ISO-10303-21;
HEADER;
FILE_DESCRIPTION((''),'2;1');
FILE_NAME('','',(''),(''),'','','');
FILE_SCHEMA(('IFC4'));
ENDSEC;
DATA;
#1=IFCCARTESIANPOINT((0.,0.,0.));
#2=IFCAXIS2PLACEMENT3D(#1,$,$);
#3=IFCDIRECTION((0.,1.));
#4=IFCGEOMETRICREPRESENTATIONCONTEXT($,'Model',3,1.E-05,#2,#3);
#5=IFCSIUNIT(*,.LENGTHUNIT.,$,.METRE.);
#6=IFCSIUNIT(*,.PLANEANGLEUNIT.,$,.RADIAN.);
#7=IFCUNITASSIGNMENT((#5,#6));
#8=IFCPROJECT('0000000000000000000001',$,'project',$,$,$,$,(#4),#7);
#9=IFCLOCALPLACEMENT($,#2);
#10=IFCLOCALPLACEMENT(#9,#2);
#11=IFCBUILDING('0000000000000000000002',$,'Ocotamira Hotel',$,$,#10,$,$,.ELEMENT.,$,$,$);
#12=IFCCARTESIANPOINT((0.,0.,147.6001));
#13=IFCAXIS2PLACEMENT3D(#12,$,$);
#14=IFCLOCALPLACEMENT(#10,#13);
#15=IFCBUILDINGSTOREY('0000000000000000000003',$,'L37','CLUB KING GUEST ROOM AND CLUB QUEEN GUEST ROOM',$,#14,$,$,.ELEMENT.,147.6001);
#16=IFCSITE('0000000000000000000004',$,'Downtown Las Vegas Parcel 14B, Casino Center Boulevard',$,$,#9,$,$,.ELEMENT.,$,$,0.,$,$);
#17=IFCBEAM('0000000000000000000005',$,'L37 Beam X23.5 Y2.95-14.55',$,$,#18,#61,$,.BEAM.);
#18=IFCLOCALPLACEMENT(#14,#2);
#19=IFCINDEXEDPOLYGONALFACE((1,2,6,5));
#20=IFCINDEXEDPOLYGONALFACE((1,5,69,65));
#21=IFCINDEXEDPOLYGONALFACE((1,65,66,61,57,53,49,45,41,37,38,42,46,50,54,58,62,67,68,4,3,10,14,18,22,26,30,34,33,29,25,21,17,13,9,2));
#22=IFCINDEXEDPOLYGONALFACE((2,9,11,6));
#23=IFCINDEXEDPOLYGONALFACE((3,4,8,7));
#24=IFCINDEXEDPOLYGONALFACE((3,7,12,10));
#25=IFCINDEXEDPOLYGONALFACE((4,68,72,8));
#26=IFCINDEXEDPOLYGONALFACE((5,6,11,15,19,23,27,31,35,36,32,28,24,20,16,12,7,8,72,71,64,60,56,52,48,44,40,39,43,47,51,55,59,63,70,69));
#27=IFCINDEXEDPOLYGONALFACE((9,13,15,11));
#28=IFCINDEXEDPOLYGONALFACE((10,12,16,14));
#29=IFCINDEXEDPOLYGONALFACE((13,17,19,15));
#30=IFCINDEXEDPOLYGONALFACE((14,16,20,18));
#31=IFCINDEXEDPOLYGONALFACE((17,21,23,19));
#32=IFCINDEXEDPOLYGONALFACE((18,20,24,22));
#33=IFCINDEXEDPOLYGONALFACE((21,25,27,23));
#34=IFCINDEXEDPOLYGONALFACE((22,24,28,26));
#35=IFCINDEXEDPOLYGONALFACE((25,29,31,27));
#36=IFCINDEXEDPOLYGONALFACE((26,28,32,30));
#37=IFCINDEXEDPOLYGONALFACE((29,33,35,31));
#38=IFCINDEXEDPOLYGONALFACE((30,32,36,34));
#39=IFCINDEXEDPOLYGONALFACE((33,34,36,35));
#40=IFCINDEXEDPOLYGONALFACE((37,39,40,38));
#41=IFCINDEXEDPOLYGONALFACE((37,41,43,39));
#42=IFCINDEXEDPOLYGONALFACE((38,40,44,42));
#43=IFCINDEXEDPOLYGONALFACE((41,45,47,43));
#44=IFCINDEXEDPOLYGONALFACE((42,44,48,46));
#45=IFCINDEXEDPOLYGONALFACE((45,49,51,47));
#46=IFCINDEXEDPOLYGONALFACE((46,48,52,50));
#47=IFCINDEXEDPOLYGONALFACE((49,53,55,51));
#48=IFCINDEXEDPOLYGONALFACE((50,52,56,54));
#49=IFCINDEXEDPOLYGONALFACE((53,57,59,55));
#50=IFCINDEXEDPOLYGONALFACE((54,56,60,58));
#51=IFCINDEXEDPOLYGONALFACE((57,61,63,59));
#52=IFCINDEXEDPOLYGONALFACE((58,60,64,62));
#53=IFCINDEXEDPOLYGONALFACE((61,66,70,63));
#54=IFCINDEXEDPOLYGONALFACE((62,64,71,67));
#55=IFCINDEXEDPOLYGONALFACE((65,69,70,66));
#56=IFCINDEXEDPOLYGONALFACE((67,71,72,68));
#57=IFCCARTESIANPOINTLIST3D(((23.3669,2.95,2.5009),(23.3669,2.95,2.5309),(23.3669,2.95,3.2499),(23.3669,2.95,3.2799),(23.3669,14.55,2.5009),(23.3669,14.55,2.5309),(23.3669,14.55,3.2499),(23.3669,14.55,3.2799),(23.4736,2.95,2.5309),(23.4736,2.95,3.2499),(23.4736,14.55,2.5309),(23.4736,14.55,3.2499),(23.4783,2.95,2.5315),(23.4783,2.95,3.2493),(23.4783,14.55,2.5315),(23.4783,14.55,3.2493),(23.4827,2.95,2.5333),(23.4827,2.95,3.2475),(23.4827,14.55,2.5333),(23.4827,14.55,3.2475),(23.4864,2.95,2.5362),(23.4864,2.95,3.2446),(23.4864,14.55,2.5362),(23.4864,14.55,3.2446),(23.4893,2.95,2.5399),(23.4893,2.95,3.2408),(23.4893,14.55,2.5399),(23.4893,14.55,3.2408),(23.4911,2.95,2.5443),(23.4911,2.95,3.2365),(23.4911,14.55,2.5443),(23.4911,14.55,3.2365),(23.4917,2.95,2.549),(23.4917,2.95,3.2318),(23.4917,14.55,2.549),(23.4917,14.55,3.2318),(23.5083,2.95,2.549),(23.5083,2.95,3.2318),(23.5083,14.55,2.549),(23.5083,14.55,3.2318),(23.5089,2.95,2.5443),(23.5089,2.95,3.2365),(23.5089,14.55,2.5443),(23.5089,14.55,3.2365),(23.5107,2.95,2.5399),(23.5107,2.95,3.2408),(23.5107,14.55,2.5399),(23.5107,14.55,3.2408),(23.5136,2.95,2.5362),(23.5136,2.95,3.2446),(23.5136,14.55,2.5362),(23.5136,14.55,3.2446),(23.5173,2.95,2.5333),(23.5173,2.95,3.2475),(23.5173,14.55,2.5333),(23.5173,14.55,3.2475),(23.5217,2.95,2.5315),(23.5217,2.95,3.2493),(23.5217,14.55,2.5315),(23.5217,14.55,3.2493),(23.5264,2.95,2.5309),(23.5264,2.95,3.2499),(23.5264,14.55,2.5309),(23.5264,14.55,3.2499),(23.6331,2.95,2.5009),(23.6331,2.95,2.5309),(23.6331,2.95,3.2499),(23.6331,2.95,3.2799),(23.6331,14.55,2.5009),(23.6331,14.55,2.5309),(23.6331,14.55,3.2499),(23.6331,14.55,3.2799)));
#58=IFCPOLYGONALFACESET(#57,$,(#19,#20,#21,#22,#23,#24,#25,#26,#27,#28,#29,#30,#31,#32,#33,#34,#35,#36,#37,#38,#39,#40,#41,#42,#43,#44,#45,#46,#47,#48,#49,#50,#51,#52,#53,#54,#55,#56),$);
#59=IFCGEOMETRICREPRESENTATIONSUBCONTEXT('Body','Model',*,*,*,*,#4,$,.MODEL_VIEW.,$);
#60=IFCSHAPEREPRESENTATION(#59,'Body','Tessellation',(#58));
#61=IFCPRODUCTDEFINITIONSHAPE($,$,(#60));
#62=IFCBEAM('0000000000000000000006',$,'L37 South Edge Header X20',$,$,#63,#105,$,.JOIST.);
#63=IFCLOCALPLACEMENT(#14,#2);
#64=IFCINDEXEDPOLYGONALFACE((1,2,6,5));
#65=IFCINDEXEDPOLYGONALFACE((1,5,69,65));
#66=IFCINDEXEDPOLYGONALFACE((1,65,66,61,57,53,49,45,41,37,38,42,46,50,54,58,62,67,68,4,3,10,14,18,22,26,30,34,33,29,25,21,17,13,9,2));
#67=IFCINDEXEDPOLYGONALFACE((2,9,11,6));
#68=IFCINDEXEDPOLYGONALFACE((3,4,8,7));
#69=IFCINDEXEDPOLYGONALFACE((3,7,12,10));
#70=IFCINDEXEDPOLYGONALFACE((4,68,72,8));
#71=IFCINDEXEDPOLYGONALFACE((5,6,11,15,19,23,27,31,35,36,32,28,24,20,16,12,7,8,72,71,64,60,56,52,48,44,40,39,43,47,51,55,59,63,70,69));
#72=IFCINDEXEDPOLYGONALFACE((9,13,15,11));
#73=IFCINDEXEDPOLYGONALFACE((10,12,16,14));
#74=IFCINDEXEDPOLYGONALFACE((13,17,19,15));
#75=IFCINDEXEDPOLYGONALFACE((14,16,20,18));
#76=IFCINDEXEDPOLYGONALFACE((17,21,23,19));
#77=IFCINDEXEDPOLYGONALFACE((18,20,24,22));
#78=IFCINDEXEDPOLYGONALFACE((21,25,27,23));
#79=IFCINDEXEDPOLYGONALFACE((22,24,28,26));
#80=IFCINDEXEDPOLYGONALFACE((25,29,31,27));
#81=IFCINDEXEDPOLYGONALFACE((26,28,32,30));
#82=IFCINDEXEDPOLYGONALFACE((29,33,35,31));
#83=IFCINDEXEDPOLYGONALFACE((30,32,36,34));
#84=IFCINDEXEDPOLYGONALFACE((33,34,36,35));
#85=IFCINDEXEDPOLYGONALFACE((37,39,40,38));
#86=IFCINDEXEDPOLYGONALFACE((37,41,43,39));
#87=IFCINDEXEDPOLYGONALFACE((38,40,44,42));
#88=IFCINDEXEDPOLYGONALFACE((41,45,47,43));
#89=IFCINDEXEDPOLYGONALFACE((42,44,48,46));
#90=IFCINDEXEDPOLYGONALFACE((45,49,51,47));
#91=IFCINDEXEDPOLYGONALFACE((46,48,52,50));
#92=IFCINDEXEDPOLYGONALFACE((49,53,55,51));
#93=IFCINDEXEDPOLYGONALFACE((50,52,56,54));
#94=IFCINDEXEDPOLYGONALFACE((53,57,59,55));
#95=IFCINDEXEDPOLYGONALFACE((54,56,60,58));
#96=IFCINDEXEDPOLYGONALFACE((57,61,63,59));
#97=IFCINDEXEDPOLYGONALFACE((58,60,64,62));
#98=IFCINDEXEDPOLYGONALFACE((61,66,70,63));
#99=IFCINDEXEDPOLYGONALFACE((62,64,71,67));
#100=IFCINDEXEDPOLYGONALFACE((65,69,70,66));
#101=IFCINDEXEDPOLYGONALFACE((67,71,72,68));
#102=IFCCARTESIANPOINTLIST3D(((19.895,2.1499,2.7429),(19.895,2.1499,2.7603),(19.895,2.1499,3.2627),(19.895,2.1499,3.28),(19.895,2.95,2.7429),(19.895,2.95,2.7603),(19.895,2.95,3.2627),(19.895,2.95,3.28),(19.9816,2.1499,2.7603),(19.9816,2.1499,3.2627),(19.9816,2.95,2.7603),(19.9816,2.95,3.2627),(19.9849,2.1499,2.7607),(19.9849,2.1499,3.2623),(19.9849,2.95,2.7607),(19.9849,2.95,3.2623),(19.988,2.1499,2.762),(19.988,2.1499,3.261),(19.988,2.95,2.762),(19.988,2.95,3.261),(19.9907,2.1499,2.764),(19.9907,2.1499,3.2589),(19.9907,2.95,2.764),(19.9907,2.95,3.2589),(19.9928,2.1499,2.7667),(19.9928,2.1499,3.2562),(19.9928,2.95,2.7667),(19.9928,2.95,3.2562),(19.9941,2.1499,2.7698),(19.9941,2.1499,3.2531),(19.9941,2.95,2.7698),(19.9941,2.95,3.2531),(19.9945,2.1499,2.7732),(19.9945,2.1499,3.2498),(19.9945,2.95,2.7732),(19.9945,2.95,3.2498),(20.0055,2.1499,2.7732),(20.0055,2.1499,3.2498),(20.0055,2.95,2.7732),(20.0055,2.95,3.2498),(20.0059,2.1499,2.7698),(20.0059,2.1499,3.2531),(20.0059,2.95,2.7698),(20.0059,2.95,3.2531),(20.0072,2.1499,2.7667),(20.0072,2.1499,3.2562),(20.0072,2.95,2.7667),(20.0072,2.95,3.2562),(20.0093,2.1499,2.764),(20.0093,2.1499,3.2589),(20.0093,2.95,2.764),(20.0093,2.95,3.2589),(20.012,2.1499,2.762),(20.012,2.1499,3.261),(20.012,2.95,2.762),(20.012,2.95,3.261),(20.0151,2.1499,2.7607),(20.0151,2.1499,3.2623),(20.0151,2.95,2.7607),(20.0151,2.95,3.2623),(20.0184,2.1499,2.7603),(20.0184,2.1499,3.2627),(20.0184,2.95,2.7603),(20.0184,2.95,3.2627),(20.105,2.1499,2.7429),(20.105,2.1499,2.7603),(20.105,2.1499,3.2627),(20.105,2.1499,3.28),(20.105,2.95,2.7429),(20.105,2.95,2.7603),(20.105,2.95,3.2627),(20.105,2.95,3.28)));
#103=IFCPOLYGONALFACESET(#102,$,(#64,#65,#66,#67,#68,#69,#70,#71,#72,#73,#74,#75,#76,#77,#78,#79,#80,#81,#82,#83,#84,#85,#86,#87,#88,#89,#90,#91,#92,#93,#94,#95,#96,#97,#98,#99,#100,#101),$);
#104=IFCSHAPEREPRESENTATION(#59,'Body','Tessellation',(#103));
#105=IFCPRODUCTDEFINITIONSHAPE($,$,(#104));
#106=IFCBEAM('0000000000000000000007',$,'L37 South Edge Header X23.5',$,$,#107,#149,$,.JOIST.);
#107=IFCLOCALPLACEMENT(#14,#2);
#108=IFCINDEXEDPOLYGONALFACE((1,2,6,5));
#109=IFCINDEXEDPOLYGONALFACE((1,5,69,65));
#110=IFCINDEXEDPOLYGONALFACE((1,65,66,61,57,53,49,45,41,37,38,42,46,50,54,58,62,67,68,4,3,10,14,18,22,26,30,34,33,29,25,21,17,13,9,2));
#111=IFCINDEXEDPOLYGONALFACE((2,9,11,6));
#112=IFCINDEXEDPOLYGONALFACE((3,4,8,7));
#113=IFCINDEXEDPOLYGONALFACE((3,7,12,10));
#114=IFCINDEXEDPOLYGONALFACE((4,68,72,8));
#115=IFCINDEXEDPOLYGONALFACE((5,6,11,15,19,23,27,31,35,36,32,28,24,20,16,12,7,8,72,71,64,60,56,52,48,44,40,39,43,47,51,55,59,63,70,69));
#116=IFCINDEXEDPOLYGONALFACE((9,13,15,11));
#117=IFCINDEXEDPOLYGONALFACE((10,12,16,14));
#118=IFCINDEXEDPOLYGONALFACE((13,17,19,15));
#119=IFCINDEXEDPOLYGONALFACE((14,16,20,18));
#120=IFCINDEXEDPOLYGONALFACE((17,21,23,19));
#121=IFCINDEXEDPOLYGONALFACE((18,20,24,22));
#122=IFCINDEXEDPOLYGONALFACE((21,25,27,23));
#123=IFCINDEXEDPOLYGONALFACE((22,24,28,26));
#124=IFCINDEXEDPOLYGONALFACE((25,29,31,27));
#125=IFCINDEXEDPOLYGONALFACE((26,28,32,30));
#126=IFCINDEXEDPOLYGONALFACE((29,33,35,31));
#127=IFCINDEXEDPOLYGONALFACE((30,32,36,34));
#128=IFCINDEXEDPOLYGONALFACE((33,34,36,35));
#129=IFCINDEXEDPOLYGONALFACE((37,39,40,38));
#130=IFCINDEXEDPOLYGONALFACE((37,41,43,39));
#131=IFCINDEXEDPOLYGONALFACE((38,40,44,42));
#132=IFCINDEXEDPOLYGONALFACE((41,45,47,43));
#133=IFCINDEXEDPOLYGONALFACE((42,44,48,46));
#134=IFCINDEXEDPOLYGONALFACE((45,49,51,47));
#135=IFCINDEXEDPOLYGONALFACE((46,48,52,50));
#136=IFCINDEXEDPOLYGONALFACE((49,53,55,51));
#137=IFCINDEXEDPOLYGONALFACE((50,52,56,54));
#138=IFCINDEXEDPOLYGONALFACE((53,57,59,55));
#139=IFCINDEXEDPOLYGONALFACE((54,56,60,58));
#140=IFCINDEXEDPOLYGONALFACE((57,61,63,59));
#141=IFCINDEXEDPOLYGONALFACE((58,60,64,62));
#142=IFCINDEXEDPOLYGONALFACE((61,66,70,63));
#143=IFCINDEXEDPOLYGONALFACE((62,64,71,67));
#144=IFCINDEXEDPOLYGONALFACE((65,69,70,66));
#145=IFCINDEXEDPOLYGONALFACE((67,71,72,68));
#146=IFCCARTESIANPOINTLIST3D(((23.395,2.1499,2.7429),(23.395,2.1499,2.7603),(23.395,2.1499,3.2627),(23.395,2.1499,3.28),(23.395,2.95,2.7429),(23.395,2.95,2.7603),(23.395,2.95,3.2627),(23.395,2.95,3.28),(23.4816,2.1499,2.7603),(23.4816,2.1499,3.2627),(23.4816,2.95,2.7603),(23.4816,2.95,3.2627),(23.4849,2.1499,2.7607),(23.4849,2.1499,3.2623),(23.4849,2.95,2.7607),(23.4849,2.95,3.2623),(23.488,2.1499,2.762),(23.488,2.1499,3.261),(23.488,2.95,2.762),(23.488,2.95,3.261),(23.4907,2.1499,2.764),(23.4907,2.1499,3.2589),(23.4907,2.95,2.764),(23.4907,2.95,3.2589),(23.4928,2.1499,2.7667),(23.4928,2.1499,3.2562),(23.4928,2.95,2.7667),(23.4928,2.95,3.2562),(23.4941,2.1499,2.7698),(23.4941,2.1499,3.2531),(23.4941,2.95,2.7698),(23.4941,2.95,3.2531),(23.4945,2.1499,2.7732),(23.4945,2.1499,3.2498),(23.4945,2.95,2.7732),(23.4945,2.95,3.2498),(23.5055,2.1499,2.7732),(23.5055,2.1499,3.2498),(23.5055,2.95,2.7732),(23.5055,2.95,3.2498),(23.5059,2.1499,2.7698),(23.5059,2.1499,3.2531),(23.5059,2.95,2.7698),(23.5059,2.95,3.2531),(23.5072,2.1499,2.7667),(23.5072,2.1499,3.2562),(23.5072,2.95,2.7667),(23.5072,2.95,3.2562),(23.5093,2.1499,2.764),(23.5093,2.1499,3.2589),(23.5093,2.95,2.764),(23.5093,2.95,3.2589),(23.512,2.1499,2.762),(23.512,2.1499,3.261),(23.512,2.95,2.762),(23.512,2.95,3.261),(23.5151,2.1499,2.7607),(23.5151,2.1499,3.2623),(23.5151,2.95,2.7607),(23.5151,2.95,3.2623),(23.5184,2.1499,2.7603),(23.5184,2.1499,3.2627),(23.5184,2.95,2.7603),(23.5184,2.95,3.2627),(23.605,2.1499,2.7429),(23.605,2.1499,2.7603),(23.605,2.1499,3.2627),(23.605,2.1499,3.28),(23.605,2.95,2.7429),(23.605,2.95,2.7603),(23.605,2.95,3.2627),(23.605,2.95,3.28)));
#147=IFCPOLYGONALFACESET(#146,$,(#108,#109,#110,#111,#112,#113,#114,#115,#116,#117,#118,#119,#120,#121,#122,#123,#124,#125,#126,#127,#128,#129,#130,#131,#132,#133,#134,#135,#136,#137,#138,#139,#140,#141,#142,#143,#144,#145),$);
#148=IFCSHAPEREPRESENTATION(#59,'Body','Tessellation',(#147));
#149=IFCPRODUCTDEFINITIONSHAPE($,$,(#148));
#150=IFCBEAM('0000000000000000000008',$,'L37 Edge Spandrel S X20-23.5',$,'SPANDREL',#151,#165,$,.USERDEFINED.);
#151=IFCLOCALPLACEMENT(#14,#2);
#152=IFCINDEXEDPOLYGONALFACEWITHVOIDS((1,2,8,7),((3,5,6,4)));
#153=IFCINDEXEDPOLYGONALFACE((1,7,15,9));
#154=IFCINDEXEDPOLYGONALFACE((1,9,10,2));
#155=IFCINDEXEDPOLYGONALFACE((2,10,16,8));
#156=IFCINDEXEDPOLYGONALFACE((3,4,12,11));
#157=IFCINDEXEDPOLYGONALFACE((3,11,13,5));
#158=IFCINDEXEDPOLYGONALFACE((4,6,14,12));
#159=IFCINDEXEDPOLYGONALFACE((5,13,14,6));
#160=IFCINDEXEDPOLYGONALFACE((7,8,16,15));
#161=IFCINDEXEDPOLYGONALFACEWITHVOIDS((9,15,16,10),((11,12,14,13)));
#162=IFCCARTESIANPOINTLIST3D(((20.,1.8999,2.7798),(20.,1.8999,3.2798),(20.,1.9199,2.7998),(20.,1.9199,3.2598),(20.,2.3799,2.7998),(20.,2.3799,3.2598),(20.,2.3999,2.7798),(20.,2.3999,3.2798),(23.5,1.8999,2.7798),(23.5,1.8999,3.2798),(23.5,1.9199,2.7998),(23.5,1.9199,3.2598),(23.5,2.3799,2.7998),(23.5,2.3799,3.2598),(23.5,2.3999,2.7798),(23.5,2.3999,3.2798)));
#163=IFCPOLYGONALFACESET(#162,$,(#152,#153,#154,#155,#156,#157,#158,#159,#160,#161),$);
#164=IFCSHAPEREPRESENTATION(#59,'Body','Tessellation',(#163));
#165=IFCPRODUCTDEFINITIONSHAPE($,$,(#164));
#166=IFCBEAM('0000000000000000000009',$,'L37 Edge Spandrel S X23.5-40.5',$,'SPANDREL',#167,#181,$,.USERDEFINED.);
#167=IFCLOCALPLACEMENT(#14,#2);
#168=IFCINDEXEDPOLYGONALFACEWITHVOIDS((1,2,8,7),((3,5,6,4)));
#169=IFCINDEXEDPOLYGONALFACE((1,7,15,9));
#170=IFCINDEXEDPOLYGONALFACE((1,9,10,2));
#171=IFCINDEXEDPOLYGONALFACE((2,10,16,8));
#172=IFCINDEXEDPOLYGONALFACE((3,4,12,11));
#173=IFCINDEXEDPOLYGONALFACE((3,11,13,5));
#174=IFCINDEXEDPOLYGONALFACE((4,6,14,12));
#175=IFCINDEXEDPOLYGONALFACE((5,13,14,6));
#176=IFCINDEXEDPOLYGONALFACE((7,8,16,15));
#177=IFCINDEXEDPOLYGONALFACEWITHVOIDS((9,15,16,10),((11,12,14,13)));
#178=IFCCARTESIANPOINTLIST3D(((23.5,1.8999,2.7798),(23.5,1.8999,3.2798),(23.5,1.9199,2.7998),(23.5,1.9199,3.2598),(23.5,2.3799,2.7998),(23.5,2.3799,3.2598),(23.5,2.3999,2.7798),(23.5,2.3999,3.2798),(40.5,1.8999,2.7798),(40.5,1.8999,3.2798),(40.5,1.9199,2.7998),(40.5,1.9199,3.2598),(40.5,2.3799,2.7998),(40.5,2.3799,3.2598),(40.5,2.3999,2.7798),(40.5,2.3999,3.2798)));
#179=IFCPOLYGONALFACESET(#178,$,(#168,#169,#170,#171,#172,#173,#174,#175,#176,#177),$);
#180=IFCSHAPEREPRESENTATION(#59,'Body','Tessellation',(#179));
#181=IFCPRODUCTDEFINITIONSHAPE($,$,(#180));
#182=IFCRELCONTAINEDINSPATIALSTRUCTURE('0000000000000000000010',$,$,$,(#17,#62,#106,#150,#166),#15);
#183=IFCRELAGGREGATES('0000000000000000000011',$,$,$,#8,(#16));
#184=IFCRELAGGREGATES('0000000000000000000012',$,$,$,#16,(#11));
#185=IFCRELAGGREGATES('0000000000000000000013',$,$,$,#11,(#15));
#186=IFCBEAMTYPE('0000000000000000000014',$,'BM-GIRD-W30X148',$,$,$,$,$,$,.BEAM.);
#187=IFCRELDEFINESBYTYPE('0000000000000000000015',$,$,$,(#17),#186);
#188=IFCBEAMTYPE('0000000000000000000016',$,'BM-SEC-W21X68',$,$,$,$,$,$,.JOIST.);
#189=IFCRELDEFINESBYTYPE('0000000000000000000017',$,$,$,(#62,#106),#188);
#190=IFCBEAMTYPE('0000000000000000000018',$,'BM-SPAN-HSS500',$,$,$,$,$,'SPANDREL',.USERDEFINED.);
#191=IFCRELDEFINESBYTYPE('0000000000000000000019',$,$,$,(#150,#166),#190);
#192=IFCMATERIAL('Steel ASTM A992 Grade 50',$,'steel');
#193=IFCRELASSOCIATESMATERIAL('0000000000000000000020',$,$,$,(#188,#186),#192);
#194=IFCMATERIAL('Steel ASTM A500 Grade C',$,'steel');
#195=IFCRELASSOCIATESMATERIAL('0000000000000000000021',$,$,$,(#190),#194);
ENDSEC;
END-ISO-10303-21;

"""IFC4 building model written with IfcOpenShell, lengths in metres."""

from ifc_helpers import new_model, si_unit, direction, frame, origin, origin_2d, place, context, subcontext, project, spatial, hollow_rectangle, i_section, extrude, source, transform, mapped, material, material_profile, profile_set, type_object, element, save


model = new_model("IFC4")

# Units and contexts
model_context = context("Model", 3, precision=1e-05, world=origin(), true_north=direction((0.0, 1.0)))
body_context = subcontext(model_context, "Body", "Model", "MODEL_VIEW")
ifc_project = project(units=[si_unit("LENGTHUNIT", "METRE"), si_unit("PLANEANGLEUNIT", "RADIAN")], contexts=[model_context])

# Site, building, storey
site_placement = place(None, origin())
site = spatial("IfcSite", under=ifc_project, at=site_placement, Name="Downtown Las Vegas Parcel 14B, Casino Center Boulevard", CompositionType="ELEMENT", RefElevation=0.0)
building_placement = place(site_placement, origin())
building = spatial("IfcBuilding", under=site, at=building_placement, Name="Ocotamira Hotel", CompositionType="ELEMENT")
storey_placement = place(building_placement, frame((0.0, 0.0, 147.6001)))
storey = spatial("IfcBuildingStorey", under=building, at=storey_placement, Name="L37", Description="CLUB KING GUEST ROOM AND CLUB QUEEN GUEST ROOM", CompositionType="ELEMENT", Elevation=147.6001)

# Beams
ifc_material_1 = material(Name="Steel ASTM A992 Grade 50", Category="steel")
ifc_material_profile_1 = material_profile(ifc_material_1, i_section(OverallWidth=0.21, OverallDepth=0.5371, WebThickness=0.011, FlangeThickness=0.0173, FilletRadius=0.0129, at=origin_2d()), Name="W21X68")
ifc_profile_set_1 = profile_set([ifc_material_profile_1], Name="Steel ASTM A992 Grade 50")
beam_type_1 = type_object("IfcBeamType", Name="BM-SEC-W21X68", PredefinedType="JOIST", material=ifc_profile_set_1)
ifc_material_profile_2 = material_profile(ifc_material_1, i_section(OverallWidth=0.2661, OverallDepth=0.7791, WebThickness=0.0166, FlangeThickness=0.03, FilletRadius=0.0181, at=origin_2d()), Name="W30X148")
ifc_profile_set_2 = profile_set([ifc_material_profile_2], Name="Steel ASTM A992 Grade 50")
beam_type_2 = type_object("IfcBeamType", Name="BM-GIRD-W30X148", PredefinedType="BEAM", material=ifc_profile_set_2)
shared_shape_1 = source(origin(), body_context, "Body", "SweptSolid", [
    extrude(i_section(OverallWidth=0.2661, OverallDepth=0.7791, WebThickness=0.0166, FlangeThickness=0.03, FilletRadius=0.0181, at=origin_2d()), origin(), (0.0, 0.0, 1.0), 11.6001),
])
beam_1_placement = place(storey_placement, frame((23.5, 2.95, 2.8904), z_axis=(0.0, 1.0, 0.0), x_axis=(-1.0, 0.0, 0.0)))
element("IfcBeam", 1, at=beam_1_placement, inside=storey, type_object=beam_type_2, Name="L37 Beam X23.5 Y2.95-14.55", PredefinedType="BEAM", context=body_context, shape_type="MappedRepresentation", body=[
    mapped(shared_shape_1, transform((0.0, 0.0, 0.0), scale=1.0)),
])
shared_shape_2 = source(origin(), body_context, "Body", "SweptSolid", [
    extrude(i_section(OverallWidth=0.21, OverallDepth=0.5371, WebThickness=0.011, FlangeThickness=0.0173, FilletRadius=0.0129, at=origin_2d()), origin(), (0.0, 0.0, 1.0), 0.8),
])
for number, where, z_axis, x_axis, name in (
    (2, (20.0, 2.95, 3.0115), (0.0, -1.0, 0.0), (1.0, 0.0, 0.0), "L37 South Edge Header X20"),
    (3, (23.5, 2.95, 3.0115), (0.0, -1.0, 0.0), (1.0, 0.0, 0.0), "L37 South Edge Header X23.5"),
):
    element("IfcBeam", number, at=place(storey_placement, frame(where, z_axis=z_axis, x_axis=x_axis)), inside=storey, type_object=beam_type_1, Name=name, PredefinedType="JOIST", context=body_context, shape_type="MappedRepresentation", body=[
        mapped(shared_shape_2, transform((0.0, 0.0, 0.0), scale=1.0)),
    ])
ifc_material_2 = material(Name="Steel ASTM A500 Grade C", Category="steel")
ifc_material_profile_3 = material_profile(ifc_material_2, hollow_rectangle(XDim=0.5, YDim=0.5, WallThickness=0.02, at=origin_2d()), Name="HSS500X500X20")
ifc_profile_set_3 = profile_set([ifc_material_profile_3], Name="Steel ASTM A500 Grade C")
beam_type_3 = type_object("IfcBeamType", Name="BM-SPAN-HSS500", ElementType="SPANDREL", PredefinedType="USERDEFINED", material=ifc_profile_set_3)
shared_shape_3 = source(origin(), body_context, "Body", "SweptSolid", [
    extrude(hollow_rectangle(XDim=0.5, YDim=0.5, WallThickness=0.02, at=origin_2d()), origin(), (0.0, 0.0, 1.0), 3.5),
])
beam_2_placement = place(storey_placement, frame((20.0, 2.1499, 3.0298), z_axis=(1.0, 0.0, 0.0), x_axis=(0.0, 1.0, 0.0)))
element("IfcBeam", 4, at=beam_2_placement, inside=storey, type_object=beam_type_3, Name="L37 Edge Spandrel S X20-23.5", ObjectType="SPANDREL", PredefinedType="USERDEFINED", context=body_context, shape_type="MappedRepresentation", body=[
    mapped(shared_shape_3, transform((0.0, 0.0, 0.0), scale=1.0)),
])
shared_shape_4 = source(origin(), body_context, "Body", "SweptSolid", [
    extrude(hollow_rectangle(XDim=0.5, YDim=0.5, WallThickness=0.02, at=origin_2d()), origin(), (0.0, 0.0, 1.0), 17.0),
])
beam_3_placement = place(storey_placement, frame((23.5, 2.1499, 3.0298), z_axis=(1.0, 0.0, 0.0), x_axis=(0.0, 1.0, 0.0)))
element("IfcBeam", 5, at=beam_3_placement, inside=storey, type_object=beam_type_3, Name="L37 Edge Spandrel S X23.5-40.5", ObjectType="SPANDREL", PredefinedType="USERDEFINED", context=body_context, shape_type="MappedRepresentation", body=[
    mapped(shared_shape_4, transform((0.0, 0.0, 0.0), scale=1.0)),
])

save(model, "model.ifc")
